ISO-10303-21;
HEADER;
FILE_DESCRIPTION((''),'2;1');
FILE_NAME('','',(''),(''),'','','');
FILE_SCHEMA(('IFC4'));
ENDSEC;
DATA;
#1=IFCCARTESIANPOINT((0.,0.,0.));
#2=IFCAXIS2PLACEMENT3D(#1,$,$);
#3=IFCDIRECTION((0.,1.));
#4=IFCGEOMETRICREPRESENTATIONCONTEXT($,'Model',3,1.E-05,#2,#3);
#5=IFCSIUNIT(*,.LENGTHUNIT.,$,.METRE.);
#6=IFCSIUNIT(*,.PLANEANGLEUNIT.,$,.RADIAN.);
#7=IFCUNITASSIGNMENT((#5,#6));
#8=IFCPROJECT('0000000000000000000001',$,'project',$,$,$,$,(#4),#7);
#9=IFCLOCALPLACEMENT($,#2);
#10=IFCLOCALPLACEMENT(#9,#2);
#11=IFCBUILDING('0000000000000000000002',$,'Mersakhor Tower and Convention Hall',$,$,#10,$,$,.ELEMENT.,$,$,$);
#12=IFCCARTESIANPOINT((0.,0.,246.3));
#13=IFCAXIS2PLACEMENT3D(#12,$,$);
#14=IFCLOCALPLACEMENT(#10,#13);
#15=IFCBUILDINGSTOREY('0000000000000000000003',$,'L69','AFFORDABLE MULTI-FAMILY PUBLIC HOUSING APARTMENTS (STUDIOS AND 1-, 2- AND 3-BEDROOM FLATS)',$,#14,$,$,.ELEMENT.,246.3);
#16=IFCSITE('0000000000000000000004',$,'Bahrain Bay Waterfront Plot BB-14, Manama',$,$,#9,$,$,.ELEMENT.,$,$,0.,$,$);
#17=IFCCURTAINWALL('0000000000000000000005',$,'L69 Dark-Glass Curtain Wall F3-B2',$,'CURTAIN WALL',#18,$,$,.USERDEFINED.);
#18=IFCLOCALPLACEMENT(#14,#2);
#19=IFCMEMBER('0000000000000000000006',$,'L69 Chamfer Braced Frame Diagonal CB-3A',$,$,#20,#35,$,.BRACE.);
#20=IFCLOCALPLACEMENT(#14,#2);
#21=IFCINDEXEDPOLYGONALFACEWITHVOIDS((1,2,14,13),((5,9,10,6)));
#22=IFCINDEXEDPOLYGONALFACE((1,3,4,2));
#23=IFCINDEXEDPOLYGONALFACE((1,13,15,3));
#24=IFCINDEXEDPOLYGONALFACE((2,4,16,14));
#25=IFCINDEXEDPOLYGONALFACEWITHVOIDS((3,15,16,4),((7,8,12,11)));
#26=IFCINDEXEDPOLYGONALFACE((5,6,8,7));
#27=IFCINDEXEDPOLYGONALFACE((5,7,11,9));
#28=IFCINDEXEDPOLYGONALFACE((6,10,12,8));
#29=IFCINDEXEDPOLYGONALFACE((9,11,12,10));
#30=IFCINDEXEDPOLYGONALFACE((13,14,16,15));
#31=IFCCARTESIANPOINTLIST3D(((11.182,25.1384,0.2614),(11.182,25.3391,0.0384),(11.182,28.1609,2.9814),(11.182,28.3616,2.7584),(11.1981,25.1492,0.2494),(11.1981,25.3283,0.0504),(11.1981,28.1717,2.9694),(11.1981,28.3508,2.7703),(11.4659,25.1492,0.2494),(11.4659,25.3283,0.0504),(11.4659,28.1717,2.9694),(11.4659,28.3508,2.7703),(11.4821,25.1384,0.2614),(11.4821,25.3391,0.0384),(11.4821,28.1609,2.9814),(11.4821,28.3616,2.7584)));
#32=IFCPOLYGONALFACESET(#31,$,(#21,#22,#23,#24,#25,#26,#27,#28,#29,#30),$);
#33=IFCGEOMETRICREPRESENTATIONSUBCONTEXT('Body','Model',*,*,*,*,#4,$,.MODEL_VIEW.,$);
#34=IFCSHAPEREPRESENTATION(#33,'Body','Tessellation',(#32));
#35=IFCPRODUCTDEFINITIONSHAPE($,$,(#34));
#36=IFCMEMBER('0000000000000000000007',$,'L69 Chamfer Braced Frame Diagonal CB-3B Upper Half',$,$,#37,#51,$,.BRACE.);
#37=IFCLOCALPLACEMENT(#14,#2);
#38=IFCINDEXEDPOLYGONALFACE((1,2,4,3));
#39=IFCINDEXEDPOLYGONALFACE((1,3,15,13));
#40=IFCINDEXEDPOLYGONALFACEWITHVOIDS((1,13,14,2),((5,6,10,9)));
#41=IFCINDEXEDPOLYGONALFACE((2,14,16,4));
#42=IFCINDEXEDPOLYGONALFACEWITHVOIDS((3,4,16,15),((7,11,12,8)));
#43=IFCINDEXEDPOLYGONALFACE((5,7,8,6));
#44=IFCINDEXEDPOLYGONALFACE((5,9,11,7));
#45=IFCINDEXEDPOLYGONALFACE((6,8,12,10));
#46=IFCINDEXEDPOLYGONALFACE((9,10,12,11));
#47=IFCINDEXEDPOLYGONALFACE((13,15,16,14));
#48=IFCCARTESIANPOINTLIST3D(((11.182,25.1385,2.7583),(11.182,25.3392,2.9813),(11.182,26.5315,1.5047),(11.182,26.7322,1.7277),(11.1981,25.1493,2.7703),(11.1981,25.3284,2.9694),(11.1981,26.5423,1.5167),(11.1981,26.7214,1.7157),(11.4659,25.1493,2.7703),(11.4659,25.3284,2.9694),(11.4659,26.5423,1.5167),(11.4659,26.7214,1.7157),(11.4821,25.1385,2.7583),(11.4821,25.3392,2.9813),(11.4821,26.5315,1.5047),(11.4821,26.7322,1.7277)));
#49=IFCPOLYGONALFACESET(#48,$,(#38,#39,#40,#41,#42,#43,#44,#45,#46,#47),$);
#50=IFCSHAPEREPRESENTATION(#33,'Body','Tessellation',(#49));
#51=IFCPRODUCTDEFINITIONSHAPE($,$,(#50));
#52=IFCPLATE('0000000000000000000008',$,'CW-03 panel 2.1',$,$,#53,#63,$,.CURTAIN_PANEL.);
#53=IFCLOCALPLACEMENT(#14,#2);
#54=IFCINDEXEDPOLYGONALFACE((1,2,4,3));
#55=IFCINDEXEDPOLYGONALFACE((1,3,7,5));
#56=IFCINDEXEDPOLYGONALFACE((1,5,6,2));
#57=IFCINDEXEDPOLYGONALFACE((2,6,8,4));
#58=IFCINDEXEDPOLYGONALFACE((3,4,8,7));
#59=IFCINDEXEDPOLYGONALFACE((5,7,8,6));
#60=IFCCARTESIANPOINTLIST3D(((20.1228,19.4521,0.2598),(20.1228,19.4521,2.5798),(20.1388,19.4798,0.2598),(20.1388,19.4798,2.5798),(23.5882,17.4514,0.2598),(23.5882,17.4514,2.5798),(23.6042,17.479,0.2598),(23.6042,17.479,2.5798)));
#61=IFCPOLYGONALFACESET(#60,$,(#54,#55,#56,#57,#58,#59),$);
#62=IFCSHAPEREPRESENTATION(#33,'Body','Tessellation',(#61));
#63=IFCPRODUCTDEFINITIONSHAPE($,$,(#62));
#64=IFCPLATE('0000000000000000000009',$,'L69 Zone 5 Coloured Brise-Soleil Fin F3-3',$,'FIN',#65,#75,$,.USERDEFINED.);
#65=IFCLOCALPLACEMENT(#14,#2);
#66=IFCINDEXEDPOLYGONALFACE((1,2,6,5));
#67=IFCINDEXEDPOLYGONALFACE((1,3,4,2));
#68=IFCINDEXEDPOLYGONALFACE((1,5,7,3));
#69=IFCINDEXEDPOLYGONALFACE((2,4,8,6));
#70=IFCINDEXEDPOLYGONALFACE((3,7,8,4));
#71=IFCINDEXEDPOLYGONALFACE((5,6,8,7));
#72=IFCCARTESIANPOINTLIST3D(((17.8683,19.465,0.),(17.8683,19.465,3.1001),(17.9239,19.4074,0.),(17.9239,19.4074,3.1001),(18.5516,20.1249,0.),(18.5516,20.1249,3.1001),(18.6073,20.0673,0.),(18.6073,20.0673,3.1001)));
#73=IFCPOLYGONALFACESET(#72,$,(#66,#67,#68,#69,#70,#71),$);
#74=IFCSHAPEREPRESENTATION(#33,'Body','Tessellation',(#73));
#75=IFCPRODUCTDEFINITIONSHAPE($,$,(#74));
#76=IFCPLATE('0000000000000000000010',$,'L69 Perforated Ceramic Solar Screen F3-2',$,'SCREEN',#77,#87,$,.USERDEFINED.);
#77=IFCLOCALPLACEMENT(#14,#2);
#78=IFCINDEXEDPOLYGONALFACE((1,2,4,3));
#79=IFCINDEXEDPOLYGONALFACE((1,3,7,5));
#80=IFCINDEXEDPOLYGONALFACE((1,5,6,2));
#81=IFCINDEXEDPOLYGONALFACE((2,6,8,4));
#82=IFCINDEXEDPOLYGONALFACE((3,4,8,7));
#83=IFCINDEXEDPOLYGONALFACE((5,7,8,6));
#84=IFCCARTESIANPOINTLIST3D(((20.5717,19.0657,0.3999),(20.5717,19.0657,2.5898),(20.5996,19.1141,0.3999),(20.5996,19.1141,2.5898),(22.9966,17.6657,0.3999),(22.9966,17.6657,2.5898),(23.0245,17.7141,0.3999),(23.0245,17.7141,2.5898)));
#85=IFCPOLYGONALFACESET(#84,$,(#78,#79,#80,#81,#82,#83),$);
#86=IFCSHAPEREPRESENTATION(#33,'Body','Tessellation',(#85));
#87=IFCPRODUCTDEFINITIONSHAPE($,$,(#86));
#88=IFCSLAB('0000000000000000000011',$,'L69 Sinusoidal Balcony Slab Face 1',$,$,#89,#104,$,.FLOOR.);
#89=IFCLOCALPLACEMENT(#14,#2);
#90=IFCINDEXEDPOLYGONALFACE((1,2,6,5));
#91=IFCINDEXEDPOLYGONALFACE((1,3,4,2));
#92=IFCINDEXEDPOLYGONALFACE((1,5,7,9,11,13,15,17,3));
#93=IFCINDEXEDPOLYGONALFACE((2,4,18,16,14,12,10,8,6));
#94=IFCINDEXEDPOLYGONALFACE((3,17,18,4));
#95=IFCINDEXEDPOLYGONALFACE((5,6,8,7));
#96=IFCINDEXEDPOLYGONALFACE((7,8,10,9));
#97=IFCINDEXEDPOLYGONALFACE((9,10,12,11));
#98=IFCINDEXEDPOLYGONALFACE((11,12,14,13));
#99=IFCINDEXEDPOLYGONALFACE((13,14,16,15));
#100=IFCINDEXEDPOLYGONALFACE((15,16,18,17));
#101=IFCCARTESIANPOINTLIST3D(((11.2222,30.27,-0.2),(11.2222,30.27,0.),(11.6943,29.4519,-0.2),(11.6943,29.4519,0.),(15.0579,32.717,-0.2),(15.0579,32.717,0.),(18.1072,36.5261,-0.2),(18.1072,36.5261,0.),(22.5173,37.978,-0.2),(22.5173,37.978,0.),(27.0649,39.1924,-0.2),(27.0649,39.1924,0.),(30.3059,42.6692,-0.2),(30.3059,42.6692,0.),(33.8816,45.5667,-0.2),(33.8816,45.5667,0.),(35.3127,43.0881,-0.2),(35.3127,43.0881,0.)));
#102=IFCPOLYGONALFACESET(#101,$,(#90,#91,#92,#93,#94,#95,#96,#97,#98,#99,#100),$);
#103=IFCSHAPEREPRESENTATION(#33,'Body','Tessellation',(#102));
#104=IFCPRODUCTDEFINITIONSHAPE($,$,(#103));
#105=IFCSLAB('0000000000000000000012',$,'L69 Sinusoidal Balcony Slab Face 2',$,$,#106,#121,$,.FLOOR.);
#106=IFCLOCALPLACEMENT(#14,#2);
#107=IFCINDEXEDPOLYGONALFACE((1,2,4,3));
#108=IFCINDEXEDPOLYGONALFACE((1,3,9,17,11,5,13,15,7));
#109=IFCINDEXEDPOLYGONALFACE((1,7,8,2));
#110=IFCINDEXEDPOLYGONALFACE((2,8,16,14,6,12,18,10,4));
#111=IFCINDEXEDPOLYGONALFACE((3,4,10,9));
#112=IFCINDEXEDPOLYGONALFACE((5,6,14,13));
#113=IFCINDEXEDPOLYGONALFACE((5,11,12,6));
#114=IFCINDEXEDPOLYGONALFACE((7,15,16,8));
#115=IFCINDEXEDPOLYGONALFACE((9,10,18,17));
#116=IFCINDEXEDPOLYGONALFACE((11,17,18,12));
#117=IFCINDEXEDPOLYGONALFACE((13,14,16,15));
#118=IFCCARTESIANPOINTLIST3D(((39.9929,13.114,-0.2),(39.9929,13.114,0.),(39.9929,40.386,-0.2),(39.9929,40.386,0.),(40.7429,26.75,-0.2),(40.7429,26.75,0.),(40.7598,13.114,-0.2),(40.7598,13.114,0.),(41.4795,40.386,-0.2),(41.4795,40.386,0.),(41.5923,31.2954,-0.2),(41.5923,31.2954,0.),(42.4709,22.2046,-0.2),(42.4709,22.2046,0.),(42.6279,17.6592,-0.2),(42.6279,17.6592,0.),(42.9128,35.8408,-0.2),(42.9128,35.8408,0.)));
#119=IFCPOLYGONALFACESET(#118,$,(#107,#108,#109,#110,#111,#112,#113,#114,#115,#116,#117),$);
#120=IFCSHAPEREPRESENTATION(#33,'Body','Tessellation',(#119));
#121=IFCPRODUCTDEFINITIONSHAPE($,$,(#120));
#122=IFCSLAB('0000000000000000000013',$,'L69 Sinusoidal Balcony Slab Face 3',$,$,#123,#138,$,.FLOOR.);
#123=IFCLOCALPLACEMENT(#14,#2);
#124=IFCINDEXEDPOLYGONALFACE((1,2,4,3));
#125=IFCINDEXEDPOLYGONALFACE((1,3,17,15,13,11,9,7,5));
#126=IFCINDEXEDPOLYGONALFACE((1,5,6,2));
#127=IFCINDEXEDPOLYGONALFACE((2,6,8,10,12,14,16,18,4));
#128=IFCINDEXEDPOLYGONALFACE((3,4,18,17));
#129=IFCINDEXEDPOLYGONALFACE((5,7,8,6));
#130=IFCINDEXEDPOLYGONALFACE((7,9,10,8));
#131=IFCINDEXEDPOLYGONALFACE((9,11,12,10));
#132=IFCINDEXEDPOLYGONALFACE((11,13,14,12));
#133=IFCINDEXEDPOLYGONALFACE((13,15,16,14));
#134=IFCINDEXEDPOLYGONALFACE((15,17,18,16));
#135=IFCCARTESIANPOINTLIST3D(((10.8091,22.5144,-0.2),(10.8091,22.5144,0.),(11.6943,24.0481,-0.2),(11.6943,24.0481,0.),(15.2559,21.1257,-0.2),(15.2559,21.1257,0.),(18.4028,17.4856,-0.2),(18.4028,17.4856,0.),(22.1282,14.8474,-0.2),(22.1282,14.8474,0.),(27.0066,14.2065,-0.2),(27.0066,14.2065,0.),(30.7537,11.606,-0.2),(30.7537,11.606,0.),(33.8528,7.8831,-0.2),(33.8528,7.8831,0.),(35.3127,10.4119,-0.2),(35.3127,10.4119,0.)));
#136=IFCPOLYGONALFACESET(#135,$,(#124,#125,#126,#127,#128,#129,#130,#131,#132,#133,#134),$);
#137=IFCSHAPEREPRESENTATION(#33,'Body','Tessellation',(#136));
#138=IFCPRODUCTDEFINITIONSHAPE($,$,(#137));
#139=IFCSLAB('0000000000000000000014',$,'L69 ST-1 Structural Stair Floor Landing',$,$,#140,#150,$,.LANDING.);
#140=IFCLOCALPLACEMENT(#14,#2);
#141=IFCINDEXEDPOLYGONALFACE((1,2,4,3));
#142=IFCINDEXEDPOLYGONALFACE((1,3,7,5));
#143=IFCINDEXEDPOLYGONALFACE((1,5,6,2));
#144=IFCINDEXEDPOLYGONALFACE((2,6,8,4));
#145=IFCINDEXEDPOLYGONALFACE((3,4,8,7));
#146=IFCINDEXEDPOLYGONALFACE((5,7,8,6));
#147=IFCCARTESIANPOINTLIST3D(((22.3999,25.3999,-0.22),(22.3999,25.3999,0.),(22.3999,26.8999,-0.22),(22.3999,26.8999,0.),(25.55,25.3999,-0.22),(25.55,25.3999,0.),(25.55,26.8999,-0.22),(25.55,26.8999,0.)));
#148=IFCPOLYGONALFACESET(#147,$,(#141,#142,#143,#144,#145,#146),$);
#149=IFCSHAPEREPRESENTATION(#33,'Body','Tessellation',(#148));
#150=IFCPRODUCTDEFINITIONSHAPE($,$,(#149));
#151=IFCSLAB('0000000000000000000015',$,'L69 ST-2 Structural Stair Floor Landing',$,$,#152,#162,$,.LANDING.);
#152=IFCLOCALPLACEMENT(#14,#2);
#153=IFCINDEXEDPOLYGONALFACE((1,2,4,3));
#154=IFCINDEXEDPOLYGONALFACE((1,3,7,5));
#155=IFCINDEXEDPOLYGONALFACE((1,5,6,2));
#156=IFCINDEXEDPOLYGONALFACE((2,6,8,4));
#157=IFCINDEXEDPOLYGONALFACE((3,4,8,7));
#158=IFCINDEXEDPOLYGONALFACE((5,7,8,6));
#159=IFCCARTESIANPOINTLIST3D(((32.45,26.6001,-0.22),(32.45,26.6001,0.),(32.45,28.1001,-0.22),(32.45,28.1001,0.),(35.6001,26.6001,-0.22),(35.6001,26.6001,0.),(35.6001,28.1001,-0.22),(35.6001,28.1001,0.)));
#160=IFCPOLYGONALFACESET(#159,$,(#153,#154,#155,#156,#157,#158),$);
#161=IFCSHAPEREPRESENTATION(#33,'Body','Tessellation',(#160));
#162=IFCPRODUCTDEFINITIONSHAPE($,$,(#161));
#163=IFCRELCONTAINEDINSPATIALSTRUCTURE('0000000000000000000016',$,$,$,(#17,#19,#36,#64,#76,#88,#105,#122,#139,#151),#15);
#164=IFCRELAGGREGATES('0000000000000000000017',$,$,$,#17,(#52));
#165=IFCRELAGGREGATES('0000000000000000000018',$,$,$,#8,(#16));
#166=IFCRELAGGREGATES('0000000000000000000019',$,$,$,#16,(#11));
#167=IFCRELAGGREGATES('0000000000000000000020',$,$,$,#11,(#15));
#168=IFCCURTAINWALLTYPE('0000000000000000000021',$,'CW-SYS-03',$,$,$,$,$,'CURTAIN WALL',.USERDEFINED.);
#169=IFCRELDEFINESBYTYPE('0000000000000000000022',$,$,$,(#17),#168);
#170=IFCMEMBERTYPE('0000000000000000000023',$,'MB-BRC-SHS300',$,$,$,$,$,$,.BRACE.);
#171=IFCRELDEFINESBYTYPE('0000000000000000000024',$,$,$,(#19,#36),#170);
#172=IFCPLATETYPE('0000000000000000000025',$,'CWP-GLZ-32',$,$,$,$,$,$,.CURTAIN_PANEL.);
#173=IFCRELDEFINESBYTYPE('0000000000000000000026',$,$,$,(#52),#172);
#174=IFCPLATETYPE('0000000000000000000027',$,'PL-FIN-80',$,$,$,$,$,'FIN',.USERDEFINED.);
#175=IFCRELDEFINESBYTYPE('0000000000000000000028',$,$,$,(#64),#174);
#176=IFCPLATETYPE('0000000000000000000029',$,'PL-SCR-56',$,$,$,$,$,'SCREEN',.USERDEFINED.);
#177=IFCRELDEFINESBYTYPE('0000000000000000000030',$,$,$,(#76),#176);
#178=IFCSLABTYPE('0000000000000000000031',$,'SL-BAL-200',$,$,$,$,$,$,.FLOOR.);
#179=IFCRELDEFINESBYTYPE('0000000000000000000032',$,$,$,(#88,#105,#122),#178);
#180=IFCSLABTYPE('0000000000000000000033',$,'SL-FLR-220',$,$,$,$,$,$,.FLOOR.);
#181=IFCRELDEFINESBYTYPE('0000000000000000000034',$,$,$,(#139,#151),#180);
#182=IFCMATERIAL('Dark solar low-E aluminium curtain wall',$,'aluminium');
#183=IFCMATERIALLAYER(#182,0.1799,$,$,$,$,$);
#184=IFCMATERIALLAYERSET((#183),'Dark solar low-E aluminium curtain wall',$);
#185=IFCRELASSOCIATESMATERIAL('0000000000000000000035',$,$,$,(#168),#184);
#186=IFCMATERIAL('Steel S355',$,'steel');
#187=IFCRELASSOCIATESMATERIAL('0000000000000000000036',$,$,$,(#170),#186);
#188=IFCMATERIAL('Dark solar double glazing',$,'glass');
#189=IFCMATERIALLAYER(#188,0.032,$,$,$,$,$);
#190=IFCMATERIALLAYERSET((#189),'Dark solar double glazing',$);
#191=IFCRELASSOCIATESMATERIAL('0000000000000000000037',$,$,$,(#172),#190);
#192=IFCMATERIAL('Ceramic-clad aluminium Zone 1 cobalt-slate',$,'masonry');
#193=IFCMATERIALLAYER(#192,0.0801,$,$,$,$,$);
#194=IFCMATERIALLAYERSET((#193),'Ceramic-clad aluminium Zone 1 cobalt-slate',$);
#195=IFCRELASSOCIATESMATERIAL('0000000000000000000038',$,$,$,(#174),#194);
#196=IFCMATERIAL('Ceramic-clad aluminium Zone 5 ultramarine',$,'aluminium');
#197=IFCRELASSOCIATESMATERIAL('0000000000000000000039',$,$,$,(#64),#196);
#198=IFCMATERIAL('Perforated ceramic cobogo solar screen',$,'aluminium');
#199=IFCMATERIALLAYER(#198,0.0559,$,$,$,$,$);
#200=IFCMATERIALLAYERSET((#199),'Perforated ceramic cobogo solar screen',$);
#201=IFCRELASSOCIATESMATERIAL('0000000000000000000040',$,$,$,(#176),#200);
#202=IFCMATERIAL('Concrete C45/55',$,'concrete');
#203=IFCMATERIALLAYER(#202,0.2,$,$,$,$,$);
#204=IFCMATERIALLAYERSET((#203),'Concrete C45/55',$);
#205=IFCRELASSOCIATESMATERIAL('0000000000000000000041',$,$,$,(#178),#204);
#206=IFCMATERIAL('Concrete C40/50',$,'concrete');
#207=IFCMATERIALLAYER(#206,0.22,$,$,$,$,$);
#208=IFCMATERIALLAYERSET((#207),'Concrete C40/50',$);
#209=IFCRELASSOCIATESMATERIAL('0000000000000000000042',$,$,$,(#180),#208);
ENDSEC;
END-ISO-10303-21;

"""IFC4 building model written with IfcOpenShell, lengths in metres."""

from ifc_helpers import new_model, si_unit, direction, frame, origin, origin_2d, place, context, subcontext, project, spatial, polyline, rectangle, hollow_rectangle, outline, extrude, material, layer, layer_set, material_profile, profile_set, type_object, element, aggregate, save


model = new_model("IFC4")

# Units and contexts
model_context = context("Model", 3, precision=1e-05, world=origin(), true_north=direction((0.0, 1.0)))
body_context = subcontext(model_context, "Body", "Model", "MODEL_VIEW")
ifc_project = project(units=[si_unit("LENGTHUNIT", "METRE"), si_unit("PLANEANGLEUNIT", "RADIAN")], contexts=[model_context])

# Site, building, storey
site_placement = place(None, origin())
site = spatial("IfcSite", under=ifc_project, at=site_placement, Name="Bahrain Bay Waterfront Plot BB-14, Manama", CompositionType="ELEMENT", RefElevation=0.0)
building_placement = place(site_placement, origin())
building = spatial("IfcBuilding", under=site, at=building_placement, Name="Mersakhor Tower and Convention Hall", CompositionType="ELEMENT")
storey_placement = place(building_placement, frame((0.0, 0.0, 246.3)))
storey = spatial("IfcBuildingStorey", under=building, at=storey_placement, Name="L69", Description="AFFORDABLE MULTI-FAMILY PUBLIC HOUSING APARTMENTS (STUDIOS AND 1-, 2- AND 3-BEDROOM FLATS)", CompositionType="ELEMENT", Elevation=246.3)

# Curtain wall
ifc_material_1 = material(Name="Dark solar low-E aluminium curtain wall", Category="aluminium")
ifc_layer_1 = layer(ifc_material_1, 0.1799)
ifc_layer_set_1 = layer_set([ifc_layer_1], Name="Dark solar low-E aluminium curtain wall")
curtain_wall_type = type_object("IfcCurtainWallType", Name="CW-SYS-03", ElementType="CURTAIN WALL", PredefinedType="USERDEFINED", material=ifc_layer_set_1)
curtain_wall_placement = place(storey_placement, origin())
curtain_wall = element("IfcCurtainWall", 1, at=curtain_wall_placement, inside=storey, type_object=curtain_wall_type, Name="L69 Dark-Glass Curtain Wall F3-B2", ObjectType="CURTAIN WALL", PredefinedType="USERDEFINED")

# Members
ifc_material_2 = material(Name="Steel S355", Category="steel")
ifc_material_profile_1 = material_profile(ifc_material_2, hollow_rectangle(XDim=0.3, YDim=0.3, WallThickness=0.0161, at=origin_2d()), Name="SHS 300x300x16")
ifc_profile_set_1 = profile_set([ifc_material_profile_1], Name="Steel S355")
member_type_1 = type_object("IfcMemberType", Name="MB-BRC-SHS300", PredefinedType="BRACE", material=ifc_profile_set_1)
member_1_placement = place(storey_placement, frame((11.332, 25.2388, 0.1499), z_axis=(0.0, 0.743324, 0.668932), x_axis=(-1.0, 0.0, 0.0)))
element("IfcMember", 2, at=member_1_placement, inside=storey, type_object=member_type_1, Name="L69 Chamfer Braced Frame Diagonal CB-3A", PredefinedType="BRACE", context=body_context, shape_type="SweptSolid", body=[
    extrude(hollow_rectangle(XDim=0.3, YDim=0.3, WallThickness=0.0161, at=origin_2d()), origin(), (0.0, 0.0, 1.0), 4.0662),
])
member_2_placement = place(storey_placement, frame((11.332, 26.6318, 1.6162), z_axis=(0.0, -0.74332, 0.668936), x_axis=(1.0, 0.0, 0.0)))
element("IfcMember", 3, at=member_2_placement, inside=storey, type_object=member_type_1, Name="L69 Chamfer Braced Frame Diagonal CB-3B Upper Half", PredefinedType="BRACE", context=body_context, shape_type="SweptSolid", body=[
    extrude(hollow_rectangle(XDim=0.3, YDim=0.3, WallThickness=0.0161, at=origin_2d()), origin(), (0.0, 0.0, 1.0), 1.874),
])

# Plate
ifc_material_3 = material(Name="Dark solar double glazing", Category="glass")
ifc_layer_2 = layer(ifc_material_3, 0.032)
ifc_layer_set_2 = layer_set([ifc_layer_2], Name="Dark solar double glazing")
plate_type_1 = type_object("IfcPlateType", Name="CWP-GLZ-32", PredefinedType="CURTAIN_PANEL", material=ifc_layer_set_2)
plate_1_placement = place(storey_placement, frame((21.8635, 18.4656, 0.2598), z_axis=(0.0, 0.0, 1.0), x_axis=(-0.866023, 0.500004, 0.0)))
plate_1 = element("IfcPlate", 4, at=plate_1_placement, type_object=plate_type_1, Name="CW-03 panel 2.1", PredefinedType="CURTAIN_PANEL", context=body_context, shape_type="SweptSolid", body=[
    extrude(rectangle(XDim=4.0015, YDim=0.032, at=origin_2d()), origin(), (0.0, 0.0, 1.0), 2.3201),
])
aggregate(curtain_wall, [plate_1])

# Plates
ifc_material_4 = material(Name="Ceramic-clad aluminium Zone 5 ultramarine", Category="aluminium")
ifc_material_5 = material(Name="Ceramic-clad aluminium Zone 1 cobalt-slate", Category="masonry")
ifc_layer_3 = layer(ifc_material_5, 0.0801)
ifc_layer_set_3 = layer_set([ifc_layer_3], Name="Ceramic-clad aluminium Zone 1 cobalt-slate")
plate_type_2 = type_object("IfcPlateType", Name="PL-FIN-80", ElementType="FIN", PredefinedType="USERDEFINED", material=ifc_layer_set_3)
plate_2_placement = place(storey_placement, frame((18.2378, 19.7661, 0.0), z_axis=(0.0, 0.0, 1.0), x_axis=(-0.71934, -0.694658, 0.0)))
element("IfcPlate", 5, at=plate_2_placement, inside=storey, type_object=plate_type_2, material=ifc_material_4, Name="L69 Zone 5 Coloured Brise-Soleil Fin F3-3", ObjectType="FIN", PredefinedType="USERDEFINED", context=body_context, shape_type="SweptSolid", body=[
    extrude(rectangle(XDim=0.95, YDim=0.0801, at=origin_2d()), origin(), (0.0, 0.0, 1.0), 3.1001),
])
ifc_material_6 = material(Name="Perforated ceramic cobogo solar screen", Category="aluminium")
ifc_layer_4 = layer(ifc_material_6, 0.0559)
ifc_layer_set_4 = layer_set([ifc_layer_4], Name="Perforated ceramic cobogo solar screen")
plate_type_3 = type_object("IfcPlateType", Name="PL-SCR-56", ElementType="SCREEN", PredefinedType="USERDEFINED", material=ifc_layer_set_4)
plate_3_placement = place(storey_placement, frame((21.7981, 18.3899, 0.3999), z_axis=(0.0, 0.0, 1.0), x_axis=(-0.866025, 0.5, 0.0)))
element("IfcPlate", 6, at=plate_3_placement, inside=storey, type_object=plate_type_3, Name="L69 Perforated Ceramic Solar Screen F3-2", ObjectType="SCREEN", PredefinedType="USERDEFINED", context=body_context, shape_type="SweptSolid", body=[
    extrude(rectangle(XDim=2.8, YDim=0.0559, at=origin_2d()), origin(), (0.0, 0.0, 1.0), 2.1899),
])

# Slabs
ifc_material_7 = material(Name="Concrete C45/55", Category="concrete")
ifc_layer_5 = layer(ifc_material_7, 0.2)
ifc_layer_set_5 = layer_set([ifc_layer_5], Name="Concrete C45/55")
slab_type_1 = type_object("IfcSlabType", Name="SL-BAL-200", PredefinedType="FLOOR", material=ifc_layer_set_5)
slab_1_placement = place(storey_placement, frame((0.0, 0.0, -0.2)))
element("IfcSlab", 7, at=slab_1_placement, inside=storey, type_object=slab_type_1, Name="L69 Sinusoidal Balcony Slab Face 1", PredefinedType="FLOOR", context=body_context, shape_type="SweptSolid", body=[
    extrude(outline(polyline([(11.6943, 29.4519), (35.3127, 43.0881), (33.8816, 45.5667), (30.3059, 42.6692), (27.0649, 39.1924), (22.5173, 37.978), (18.1072, 36.5261), (15.0579, 32.717), (11.2222, 30.27), (11.6943, 29.4519)])), origin(), (0.0, 0.0, 1.0), 0.2),
])
slab_2_placement = place(storey_placement, frame((0.0, 0.0, -0.2)))
element("IfcSlab", 8, at=slab_2_placement, inside=storey, type_object=slab_type_1, Name="L69 Sinusoidal Balcony Slab Face 2", PredefinedType="FLOOR", context=body_context, shape_type="SweptSolid", body=[
    extrude(outline(polyline([(39.9929, 40.386), (39.9929, 13.114), (40.7598, 13.114), (42.6279, 17.6592), (42.4709, 22.2046), (40.7429, 26.75), (41.5923, 31.2954), (42.9128, 35.8408), (41.4795, 40.386), (39.9929, 40.386)])), origin(), (0.0, 0.0, 1.0), 0.2),
])
slab_3_placement = place(storey_placement, frame((0.0, 0.0, -0.2)))
element("IfcSlab", 9, at=slab_3_placement, inside=storey, type_object=slab_type_1, Name="L69 Sinusoidal Balcony Slab Face 3", PredefinedType="FLOOR", context=body_context, shape_type="SweptSolid", body=[
    extrude(outline(polyline([(35.3127, 10.4119), (11.6943, 24.0481), (10.8091, 22.5144), (15.2559, 21.1257), (18.4028, 17.4856), (22.1282, 14.8474), (27.0066, 14.2065), (30.7537, 11.606), (33.8528, 7.8831), (35.3127, 10.4119)])), origin(), (0.0, 0.0, 1.0), 0.2),
])
ifc_material_8 = material(Name="Concrete C40/50", Category="concrete")
ifc_layer_6 = layer(ifc_material_8, 0.22)
ifc_layer_set_6 = layer_set([ifc_layer_6], Name="Concrete C40/50")
slab_type_2 = type_object("IfcSlabType", Name="SL-FLR-220", PredefinedType="FLOOR", material=ifc_layer_set_6)
slab_4_placement = place(storey_placement, frame((0.0, 0.0, -0.22)))
element("IfcSlab", 10, at=slab_4_placement, inside=storey, type_object=slab_type_2, Name="L69 ST-1 Structural Stair Floor Landing", PredefinedType="LANDING", context=body_context, shape_type="SweptSolid", body=[
    extrude(outline(polyline([(25.55, 25.3999), (25.55, 26.8999), (22.3999, 26.8999), (22.3999, 25.3999), (25.55, 25.3999)])), origin(), (0.0, 0.0, 1.0), 0.22),
])
slab_5_placement = place(storey_placement, frame((0.0, 0.0, -0.22)))
element("IfcSlab", 11, at=slab_5_placement, inside=storey, type_object=slab_type_2, Name="L69 ST-2 Structural Stair Floor Landing", PredefinedType="LANDING", context=body_context, shape_type="SweptSolid", body=[
    extrude(outline(polyline([(32.45, 28.1001), (32.45, 26.6001), (35.6001, 26.6001), (35.6001, 28.1001), (32.45, 28.1001)])), origin(), (0.0, 0.0, 1.0), 0.22),
])

save(model, "model.ifc")
